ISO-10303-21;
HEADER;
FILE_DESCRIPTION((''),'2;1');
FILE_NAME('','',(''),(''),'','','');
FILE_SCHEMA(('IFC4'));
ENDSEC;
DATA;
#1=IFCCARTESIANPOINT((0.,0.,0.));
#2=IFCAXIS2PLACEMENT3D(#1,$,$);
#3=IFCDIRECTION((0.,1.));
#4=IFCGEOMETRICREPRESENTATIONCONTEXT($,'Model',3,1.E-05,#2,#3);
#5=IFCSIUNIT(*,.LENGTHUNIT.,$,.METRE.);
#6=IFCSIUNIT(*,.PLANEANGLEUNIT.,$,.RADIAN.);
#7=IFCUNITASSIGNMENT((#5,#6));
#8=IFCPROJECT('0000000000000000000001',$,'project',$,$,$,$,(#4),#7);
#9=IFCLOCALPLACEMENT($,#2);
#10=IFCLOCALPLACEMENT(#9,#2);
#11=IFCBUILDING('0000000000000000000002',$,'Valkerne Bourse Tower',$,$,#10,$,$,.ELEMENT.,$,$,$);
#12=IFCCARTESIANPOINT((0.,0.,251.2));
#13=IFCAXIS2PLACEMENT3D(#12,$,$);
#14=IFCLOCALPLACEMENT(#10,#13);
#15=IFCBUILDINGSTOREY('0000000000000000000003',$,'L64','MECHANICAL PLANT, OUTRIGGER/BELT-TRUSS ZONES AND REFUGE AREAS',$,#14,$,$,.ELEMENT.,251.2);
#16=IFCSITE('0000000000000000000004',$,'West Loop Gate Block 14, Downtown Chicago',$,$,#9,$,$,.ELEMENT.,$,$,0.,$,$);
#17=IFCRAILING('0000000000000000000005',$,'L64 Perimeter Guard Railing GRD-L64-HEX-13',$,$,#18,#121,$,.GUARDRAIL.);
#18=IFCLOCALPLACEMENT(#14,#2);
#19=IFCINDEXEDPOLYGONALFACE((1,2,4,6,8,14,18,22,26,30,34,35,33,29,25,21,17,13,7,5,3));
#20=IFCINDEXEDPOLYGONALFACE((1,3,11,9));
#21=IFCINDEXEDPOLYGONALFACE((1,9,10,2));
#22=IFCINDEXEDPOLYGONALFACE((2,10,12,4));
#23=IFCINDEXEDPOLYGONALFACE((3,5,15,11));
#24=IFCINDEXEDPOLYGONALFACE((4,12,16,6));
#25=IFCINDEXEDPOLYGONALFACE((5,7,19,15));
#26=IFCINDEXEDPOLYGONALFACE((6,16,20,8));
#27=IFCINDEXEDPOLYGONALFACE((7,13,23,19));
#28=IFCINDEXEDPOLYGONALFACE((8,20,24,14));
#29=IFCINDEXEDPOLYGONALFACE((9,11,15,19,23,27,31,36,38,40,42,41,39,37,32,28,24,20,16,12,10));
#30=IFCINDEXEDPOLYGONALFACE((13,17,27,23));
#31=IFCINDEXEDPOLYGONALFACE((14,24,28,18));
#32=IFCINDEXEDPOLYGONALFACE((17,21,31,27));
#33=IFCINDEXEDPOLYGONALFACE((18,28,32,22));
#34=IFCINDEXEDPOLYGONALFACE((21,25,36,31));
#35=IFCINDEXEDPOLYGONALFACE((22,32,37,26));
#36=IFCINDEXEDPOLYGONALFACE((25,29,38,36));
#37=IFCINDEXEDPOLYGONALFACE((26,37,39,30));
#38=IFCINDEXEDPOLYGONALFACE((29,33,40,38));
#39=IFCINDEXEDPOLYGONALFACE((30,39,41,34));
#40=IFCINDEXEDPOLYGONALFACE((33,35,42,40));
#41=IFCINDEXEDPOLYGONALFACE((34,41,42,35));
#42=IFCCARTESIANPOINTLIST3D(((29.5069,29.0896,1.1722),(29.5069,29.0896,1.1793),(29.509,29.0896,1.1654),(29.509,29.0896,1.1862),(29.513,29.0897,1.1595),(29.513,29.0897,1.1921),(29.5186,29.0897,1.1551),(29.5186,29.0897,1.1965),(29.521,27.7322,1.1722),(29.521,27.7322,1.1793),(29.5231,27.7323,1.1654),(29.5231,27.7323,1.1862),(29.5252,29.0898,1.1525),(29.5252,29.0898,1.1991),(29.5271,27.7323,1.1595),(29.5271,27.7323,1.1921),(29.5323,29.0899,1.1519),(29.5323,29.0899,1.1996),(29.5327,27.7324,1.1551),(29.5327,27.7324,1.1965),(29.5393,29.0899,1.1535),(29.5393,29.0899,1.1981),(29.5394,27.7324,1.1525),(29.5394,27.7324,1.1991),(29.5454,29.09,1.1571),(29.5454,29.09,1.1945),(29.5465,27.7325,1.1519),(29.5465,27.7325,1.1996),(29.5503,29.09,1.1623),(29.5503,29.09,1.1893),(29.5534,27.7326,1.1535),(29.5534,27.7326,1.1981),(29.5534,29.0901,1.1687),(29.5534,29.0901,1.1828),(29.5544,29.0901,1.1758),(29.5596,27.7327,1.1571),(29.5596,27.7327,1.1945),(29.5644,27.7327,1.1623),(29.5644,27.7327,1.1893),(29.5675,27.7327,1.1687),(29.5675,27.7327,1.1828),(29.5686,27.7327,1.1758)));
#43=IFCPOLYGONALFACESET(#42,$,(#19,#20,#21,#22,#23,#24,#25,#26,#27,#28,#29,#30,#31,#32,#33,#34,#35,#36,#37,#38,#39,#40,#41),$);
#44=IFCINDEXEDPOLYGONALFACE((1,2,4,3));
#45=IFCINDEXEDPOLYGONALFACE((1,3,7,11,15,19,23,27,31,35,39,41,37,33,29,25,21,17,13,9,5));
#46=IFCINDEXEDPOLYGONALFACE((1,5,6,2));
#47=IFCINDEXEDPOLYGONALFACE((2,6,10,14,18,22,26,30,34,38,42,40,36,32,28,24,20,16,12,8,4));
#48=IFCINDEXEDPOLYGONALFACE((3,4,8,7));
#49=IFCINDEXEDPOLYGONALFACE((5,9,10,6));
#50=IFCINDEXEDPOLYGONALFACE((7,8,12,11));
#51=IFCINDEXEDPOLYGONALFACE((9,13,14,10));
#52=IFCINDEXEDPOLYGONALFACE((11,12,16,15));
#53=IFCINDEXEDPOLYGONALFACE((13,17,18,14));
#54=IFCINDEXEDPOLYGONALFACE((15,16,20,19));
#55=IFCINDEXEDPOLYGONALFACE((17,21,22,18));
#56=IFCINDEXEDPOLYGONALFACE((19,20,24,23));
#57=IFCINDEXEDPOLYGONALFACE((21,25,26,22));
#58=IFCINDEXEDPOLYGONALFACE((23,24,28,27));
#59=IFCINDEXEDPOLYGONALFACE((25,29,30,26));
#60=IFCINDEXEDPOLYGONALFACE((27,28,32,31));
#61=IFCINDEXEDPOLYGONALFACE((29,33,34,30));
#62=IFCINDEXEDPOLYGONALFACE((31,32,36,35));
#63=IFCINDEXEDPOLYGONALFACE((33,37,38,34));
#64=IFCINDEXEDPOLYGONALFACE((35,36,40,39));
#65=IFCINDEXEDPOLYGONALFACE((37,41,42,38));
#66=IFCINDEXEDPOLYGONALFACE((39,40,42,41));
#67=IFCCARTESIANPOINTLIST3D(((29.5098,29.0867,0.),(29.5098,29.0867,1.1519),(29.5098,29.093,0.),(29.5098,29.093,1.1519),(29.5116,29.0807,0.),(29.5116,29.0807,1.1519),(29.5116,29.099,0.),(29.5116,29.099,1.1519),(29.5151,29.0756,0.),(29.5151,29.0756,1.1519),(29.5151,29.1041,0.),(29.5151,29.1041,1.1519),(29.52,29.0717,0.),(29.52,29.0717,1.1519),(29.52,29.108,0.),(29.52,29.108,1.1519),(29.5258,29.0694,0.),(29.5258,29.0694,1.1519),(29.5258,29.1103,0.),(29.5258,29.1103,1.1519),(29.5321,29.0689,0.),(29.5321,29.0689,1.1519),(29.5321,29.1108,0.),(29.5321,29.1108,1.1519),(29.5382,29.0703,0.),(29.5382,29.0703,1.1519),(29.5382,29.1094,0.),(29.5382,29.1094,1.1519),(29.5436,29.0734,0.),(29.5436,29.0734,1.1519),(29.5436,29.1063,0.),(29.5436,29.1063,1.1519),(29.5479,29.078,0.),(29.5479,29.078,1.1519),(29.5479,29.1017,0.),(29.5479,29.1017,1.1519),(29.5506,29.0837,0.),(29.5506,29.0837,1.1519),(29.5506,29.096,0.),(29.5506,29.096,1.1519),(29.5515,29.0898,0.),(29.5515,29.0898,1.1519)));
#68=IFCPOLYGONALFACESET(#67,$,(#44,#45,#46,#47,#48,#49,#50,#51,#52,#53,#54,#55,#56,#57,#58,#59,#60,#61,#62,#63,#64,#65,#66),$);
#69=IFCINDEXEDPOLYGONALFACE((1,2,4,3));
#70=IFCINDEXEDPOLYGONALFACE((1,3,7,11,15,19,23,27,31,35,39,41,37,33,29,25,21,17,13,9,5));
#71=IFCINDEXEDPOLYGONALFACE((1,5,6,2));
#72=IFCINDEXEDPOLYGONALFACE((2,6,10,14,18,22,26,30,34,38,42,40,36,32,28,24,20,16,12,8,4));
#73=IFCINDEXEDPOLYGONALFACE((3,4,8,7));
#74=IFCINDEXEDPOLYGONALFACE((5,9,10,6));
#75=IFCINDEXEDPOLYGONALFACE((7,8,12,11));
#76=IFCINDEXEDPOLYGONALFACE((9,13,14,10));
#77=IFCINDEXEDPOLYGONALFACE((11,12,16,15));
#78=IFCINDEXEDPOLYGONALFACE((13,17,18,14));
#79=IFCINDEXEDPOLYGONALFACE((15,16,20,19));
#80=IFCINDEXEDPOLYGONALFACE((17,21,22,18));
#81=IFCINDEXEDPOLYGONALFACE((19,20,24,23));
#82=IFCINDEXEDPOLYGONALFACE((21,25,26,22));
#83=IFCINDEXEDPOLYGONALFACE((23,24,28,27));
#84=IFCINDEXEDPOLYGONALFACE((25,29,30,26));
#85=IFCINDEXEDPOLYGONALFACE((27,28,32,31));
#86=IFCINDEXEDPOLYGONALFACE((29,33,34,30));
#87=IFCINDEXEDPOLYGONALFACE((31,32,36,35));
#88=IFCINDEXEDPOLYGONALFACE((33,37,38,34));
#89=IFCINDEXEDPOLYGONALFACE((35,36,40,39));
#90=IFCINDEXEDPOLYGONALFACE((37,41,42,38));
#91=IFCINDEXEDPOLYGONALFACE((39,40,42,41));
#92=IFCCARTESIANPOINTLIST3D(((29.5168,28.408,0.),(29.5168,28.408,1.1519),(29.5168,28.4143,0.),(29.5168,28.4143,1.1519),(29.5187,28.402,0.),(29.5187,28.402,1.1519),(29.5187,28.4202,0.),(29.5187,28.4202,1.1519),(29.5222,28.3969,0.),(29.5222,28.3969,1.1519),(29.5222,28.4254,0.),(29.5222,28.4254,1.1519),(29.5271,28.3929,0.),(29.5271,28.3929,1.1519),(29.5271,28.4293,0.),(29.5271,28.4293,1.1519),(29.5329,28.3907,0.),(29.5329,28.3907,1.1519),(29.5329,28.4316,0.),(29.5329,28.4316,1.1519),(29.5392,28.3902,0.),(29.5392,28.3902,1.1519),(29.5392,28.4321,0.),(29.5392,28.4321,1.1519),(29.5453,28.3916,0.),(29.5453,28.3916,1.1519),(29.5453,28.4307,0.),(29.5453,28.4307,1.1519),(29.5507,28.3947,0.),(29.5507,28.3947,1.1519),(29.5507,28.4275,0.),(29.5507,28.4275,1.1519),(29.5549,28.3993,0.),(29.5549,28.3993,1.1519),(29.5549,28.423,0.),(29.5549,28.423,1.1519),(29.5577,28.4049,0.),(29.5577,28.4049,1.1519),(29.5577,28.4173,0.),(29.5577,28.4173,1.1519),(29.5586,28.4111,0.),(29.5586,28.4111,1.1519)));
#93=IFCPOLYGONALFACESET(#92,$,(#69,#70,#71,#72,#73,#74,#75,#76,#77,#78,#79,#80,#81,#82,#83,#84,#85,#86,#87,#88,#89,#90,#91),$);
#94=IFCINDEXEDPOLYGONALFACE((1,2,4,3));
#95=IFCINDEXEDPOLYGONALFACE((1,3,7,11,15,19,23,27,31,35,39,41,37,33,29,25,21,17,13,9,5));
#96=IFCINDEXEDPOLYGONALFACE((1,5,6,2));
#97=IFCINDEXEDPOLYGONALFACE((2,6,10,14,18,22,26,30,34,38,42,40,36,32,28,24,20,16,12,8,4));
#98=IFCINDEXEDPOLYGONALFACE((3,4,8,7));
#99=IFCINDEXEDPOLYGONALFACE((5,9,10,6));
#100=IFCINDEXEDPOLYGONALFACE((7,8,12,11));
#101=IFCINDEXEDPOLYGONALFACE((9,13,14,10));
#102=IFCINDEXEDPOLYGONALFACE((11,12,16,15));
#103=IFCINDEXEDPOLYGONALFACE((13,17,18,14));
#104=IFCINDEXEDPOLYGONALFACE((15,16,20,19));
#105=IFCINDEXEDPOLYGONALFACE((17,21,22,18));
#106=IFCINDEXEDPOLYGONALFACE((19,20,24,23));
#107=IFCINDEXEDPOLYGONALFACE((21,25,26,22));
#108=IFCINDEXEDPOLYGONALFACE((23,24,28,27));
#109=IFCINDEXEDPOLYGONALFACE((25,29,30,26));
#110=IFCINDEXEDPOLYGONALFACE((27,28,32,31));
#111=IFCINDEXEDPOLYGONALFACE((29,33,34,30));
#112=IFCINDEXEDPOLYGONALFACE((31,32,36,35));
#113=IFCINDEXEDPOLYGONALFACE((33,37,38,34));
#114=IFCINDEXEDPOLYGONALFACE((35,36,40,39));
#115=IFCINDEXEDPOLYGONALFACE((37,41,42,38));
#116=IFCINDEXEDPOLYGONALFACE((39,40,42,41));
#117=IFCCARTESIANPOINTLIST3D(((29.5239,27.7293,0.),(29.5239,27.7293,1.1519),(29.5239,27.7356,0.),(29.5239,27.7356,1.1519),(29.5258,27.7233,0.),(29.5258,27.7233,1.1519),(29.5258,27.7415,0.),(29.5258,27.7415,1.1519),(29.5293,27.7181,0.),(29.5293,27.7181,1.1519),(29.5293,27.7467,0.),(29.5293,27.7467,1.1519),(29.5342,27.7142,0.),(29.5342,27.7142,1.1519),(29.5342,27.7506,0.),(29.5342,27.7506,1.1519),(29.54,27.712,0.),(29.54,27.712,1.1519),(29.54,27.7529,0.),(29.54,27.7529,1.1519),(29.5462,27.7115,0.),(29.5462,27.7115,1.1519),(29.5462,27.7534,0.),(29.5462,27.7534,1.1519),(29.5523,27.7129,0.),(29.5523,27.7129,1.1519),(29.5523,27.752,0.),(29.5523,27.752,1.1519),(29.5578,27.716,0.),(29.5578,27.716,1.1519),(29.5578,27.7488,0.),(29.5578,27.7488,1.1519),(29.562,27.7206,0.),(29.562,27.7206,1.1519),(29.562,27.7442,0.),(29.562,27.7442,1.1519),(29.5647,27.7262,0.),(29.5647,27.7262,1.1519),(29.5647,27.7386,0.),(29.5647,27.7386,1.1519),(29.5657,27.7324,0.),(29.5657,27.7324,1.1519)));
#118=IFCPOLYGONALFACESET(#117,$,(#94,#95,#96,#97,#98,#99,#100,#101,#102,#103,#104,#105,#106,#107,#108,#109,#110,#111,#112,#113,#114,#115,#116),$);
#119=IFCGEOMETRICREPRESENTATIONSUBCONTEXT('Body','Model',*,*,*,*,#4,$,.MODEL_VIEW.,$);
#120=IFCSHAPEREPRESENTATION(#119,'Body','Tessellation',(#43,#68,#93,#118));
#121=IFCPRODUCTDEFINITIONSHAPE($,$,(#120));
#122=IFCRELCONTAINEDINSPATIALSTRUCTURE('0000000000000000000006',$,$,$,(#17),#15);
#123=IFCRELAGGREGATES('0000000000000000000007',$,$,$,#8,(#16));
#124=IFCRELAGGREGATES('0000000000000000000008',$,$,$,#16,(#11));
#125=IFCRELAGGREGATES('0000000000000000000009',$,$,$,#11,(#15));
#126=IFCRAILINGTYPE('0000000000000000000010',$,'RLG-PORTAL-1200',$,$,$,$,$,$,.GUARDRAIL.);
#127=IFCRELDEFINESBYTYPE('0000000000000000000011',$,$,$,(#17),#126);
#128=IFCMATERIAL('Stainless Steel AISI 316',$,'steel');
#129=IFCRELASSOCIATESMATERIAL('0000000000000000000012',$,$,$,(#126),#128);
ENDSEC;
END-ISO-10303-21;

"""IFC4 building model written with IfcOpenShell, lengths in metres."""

from ifc_helpers import new_model, si_unit, direction, frame, origin, origin_2d, place, context, subcontext, project, spatial, circle, extrude, material, type_object, element, save


model = new_model("IFC4")

# Units and contexts
model_context = context("Model", 3, precision=1e-05, world=origin(), true_north=direction((0.0, 1.0)))
body_context = subcontext(model_context, "Body", "Model", "MODEL_VIEW")
ifc_project = project(units=[si_unit("LENGTHUNIT", "METRE"), si_unit("PLANEANGLEUNIT", "RADIAN")], contexts=[model_context])

# Site, building, storey
site_placement = place(None, origin())
site = spatial("IfcSite", under=ifc_project, at=site_placement, Name="West Loop Gate Block 14, Downtown Chicago", CompositionType="ELEMENT", RefElevation=0.0)
building_placement = place(site_placement, origin())
building = spatial("IfcBuilding", under=site, at=building_placement, Name="Valkerne Bourse Tower", CompositionType="ELEMENT")
storey_placement = place(building_placement, frame((0.0, 0.0, 251.2)))
storey = spatial("IfcBuildingStorey", under=building, at=storey_placement, Name="L64", Description="MECHANICAL PLANT, OUTRIGGER/BELT-TRUSS ZONES AND REFUGE AREAS", CompositionType="ELEMENT", Elevation=251.2)

# Railing
ifc_material_1 = material(Name="Stainless Steel AISI 316", Category="steel")
railing_type_1 = type_object("IfcRailingType", Name="RLG-PORTAL-1200", PredefinedType="GUARDRAIL", material=ifc_material_1)
railing_1_placement = place(storey_placement, frame((29.5305, 29.0898, 0.0)))
element("IfcRailing", 1, at=railing_1_placement, inside=storey, type_object=railing_type_1, Name="L64 Perimeter Guard Railing GRD-L64-HEX-13", PredefinedType="GUARDRAIL", context=body_context, shape_type="SweptSolid", body=[
    extrude(circle(Radius=0.0239, at=origin_2d()), frame((0.0, 0.0, 1.1758), z_axis=(0.010431, -0.999946, 0.0), x_axis=(0.999946, 0.010431, 0.0)), (0.0, 0.0, 1.0), 1.3574),
    extrude(circle(Radius=0.021, at=origin_2d()), origin(), (0.0, 0.0, 1.0), 1.1519),
    extrude(circle(Radius=0.021, at=origin_2d()), frame((0.0071, -0.6787, 0.0)), (0.0, 0.0, 1.0), 1.1519),
    extrude(circle(Radius=0.021, at=origin_2d()), frame((0.0142, -1.3574, 0.0)), (0.0, 0.0, 1.0), 1.1519),
])

save(model, "model.ifc")
